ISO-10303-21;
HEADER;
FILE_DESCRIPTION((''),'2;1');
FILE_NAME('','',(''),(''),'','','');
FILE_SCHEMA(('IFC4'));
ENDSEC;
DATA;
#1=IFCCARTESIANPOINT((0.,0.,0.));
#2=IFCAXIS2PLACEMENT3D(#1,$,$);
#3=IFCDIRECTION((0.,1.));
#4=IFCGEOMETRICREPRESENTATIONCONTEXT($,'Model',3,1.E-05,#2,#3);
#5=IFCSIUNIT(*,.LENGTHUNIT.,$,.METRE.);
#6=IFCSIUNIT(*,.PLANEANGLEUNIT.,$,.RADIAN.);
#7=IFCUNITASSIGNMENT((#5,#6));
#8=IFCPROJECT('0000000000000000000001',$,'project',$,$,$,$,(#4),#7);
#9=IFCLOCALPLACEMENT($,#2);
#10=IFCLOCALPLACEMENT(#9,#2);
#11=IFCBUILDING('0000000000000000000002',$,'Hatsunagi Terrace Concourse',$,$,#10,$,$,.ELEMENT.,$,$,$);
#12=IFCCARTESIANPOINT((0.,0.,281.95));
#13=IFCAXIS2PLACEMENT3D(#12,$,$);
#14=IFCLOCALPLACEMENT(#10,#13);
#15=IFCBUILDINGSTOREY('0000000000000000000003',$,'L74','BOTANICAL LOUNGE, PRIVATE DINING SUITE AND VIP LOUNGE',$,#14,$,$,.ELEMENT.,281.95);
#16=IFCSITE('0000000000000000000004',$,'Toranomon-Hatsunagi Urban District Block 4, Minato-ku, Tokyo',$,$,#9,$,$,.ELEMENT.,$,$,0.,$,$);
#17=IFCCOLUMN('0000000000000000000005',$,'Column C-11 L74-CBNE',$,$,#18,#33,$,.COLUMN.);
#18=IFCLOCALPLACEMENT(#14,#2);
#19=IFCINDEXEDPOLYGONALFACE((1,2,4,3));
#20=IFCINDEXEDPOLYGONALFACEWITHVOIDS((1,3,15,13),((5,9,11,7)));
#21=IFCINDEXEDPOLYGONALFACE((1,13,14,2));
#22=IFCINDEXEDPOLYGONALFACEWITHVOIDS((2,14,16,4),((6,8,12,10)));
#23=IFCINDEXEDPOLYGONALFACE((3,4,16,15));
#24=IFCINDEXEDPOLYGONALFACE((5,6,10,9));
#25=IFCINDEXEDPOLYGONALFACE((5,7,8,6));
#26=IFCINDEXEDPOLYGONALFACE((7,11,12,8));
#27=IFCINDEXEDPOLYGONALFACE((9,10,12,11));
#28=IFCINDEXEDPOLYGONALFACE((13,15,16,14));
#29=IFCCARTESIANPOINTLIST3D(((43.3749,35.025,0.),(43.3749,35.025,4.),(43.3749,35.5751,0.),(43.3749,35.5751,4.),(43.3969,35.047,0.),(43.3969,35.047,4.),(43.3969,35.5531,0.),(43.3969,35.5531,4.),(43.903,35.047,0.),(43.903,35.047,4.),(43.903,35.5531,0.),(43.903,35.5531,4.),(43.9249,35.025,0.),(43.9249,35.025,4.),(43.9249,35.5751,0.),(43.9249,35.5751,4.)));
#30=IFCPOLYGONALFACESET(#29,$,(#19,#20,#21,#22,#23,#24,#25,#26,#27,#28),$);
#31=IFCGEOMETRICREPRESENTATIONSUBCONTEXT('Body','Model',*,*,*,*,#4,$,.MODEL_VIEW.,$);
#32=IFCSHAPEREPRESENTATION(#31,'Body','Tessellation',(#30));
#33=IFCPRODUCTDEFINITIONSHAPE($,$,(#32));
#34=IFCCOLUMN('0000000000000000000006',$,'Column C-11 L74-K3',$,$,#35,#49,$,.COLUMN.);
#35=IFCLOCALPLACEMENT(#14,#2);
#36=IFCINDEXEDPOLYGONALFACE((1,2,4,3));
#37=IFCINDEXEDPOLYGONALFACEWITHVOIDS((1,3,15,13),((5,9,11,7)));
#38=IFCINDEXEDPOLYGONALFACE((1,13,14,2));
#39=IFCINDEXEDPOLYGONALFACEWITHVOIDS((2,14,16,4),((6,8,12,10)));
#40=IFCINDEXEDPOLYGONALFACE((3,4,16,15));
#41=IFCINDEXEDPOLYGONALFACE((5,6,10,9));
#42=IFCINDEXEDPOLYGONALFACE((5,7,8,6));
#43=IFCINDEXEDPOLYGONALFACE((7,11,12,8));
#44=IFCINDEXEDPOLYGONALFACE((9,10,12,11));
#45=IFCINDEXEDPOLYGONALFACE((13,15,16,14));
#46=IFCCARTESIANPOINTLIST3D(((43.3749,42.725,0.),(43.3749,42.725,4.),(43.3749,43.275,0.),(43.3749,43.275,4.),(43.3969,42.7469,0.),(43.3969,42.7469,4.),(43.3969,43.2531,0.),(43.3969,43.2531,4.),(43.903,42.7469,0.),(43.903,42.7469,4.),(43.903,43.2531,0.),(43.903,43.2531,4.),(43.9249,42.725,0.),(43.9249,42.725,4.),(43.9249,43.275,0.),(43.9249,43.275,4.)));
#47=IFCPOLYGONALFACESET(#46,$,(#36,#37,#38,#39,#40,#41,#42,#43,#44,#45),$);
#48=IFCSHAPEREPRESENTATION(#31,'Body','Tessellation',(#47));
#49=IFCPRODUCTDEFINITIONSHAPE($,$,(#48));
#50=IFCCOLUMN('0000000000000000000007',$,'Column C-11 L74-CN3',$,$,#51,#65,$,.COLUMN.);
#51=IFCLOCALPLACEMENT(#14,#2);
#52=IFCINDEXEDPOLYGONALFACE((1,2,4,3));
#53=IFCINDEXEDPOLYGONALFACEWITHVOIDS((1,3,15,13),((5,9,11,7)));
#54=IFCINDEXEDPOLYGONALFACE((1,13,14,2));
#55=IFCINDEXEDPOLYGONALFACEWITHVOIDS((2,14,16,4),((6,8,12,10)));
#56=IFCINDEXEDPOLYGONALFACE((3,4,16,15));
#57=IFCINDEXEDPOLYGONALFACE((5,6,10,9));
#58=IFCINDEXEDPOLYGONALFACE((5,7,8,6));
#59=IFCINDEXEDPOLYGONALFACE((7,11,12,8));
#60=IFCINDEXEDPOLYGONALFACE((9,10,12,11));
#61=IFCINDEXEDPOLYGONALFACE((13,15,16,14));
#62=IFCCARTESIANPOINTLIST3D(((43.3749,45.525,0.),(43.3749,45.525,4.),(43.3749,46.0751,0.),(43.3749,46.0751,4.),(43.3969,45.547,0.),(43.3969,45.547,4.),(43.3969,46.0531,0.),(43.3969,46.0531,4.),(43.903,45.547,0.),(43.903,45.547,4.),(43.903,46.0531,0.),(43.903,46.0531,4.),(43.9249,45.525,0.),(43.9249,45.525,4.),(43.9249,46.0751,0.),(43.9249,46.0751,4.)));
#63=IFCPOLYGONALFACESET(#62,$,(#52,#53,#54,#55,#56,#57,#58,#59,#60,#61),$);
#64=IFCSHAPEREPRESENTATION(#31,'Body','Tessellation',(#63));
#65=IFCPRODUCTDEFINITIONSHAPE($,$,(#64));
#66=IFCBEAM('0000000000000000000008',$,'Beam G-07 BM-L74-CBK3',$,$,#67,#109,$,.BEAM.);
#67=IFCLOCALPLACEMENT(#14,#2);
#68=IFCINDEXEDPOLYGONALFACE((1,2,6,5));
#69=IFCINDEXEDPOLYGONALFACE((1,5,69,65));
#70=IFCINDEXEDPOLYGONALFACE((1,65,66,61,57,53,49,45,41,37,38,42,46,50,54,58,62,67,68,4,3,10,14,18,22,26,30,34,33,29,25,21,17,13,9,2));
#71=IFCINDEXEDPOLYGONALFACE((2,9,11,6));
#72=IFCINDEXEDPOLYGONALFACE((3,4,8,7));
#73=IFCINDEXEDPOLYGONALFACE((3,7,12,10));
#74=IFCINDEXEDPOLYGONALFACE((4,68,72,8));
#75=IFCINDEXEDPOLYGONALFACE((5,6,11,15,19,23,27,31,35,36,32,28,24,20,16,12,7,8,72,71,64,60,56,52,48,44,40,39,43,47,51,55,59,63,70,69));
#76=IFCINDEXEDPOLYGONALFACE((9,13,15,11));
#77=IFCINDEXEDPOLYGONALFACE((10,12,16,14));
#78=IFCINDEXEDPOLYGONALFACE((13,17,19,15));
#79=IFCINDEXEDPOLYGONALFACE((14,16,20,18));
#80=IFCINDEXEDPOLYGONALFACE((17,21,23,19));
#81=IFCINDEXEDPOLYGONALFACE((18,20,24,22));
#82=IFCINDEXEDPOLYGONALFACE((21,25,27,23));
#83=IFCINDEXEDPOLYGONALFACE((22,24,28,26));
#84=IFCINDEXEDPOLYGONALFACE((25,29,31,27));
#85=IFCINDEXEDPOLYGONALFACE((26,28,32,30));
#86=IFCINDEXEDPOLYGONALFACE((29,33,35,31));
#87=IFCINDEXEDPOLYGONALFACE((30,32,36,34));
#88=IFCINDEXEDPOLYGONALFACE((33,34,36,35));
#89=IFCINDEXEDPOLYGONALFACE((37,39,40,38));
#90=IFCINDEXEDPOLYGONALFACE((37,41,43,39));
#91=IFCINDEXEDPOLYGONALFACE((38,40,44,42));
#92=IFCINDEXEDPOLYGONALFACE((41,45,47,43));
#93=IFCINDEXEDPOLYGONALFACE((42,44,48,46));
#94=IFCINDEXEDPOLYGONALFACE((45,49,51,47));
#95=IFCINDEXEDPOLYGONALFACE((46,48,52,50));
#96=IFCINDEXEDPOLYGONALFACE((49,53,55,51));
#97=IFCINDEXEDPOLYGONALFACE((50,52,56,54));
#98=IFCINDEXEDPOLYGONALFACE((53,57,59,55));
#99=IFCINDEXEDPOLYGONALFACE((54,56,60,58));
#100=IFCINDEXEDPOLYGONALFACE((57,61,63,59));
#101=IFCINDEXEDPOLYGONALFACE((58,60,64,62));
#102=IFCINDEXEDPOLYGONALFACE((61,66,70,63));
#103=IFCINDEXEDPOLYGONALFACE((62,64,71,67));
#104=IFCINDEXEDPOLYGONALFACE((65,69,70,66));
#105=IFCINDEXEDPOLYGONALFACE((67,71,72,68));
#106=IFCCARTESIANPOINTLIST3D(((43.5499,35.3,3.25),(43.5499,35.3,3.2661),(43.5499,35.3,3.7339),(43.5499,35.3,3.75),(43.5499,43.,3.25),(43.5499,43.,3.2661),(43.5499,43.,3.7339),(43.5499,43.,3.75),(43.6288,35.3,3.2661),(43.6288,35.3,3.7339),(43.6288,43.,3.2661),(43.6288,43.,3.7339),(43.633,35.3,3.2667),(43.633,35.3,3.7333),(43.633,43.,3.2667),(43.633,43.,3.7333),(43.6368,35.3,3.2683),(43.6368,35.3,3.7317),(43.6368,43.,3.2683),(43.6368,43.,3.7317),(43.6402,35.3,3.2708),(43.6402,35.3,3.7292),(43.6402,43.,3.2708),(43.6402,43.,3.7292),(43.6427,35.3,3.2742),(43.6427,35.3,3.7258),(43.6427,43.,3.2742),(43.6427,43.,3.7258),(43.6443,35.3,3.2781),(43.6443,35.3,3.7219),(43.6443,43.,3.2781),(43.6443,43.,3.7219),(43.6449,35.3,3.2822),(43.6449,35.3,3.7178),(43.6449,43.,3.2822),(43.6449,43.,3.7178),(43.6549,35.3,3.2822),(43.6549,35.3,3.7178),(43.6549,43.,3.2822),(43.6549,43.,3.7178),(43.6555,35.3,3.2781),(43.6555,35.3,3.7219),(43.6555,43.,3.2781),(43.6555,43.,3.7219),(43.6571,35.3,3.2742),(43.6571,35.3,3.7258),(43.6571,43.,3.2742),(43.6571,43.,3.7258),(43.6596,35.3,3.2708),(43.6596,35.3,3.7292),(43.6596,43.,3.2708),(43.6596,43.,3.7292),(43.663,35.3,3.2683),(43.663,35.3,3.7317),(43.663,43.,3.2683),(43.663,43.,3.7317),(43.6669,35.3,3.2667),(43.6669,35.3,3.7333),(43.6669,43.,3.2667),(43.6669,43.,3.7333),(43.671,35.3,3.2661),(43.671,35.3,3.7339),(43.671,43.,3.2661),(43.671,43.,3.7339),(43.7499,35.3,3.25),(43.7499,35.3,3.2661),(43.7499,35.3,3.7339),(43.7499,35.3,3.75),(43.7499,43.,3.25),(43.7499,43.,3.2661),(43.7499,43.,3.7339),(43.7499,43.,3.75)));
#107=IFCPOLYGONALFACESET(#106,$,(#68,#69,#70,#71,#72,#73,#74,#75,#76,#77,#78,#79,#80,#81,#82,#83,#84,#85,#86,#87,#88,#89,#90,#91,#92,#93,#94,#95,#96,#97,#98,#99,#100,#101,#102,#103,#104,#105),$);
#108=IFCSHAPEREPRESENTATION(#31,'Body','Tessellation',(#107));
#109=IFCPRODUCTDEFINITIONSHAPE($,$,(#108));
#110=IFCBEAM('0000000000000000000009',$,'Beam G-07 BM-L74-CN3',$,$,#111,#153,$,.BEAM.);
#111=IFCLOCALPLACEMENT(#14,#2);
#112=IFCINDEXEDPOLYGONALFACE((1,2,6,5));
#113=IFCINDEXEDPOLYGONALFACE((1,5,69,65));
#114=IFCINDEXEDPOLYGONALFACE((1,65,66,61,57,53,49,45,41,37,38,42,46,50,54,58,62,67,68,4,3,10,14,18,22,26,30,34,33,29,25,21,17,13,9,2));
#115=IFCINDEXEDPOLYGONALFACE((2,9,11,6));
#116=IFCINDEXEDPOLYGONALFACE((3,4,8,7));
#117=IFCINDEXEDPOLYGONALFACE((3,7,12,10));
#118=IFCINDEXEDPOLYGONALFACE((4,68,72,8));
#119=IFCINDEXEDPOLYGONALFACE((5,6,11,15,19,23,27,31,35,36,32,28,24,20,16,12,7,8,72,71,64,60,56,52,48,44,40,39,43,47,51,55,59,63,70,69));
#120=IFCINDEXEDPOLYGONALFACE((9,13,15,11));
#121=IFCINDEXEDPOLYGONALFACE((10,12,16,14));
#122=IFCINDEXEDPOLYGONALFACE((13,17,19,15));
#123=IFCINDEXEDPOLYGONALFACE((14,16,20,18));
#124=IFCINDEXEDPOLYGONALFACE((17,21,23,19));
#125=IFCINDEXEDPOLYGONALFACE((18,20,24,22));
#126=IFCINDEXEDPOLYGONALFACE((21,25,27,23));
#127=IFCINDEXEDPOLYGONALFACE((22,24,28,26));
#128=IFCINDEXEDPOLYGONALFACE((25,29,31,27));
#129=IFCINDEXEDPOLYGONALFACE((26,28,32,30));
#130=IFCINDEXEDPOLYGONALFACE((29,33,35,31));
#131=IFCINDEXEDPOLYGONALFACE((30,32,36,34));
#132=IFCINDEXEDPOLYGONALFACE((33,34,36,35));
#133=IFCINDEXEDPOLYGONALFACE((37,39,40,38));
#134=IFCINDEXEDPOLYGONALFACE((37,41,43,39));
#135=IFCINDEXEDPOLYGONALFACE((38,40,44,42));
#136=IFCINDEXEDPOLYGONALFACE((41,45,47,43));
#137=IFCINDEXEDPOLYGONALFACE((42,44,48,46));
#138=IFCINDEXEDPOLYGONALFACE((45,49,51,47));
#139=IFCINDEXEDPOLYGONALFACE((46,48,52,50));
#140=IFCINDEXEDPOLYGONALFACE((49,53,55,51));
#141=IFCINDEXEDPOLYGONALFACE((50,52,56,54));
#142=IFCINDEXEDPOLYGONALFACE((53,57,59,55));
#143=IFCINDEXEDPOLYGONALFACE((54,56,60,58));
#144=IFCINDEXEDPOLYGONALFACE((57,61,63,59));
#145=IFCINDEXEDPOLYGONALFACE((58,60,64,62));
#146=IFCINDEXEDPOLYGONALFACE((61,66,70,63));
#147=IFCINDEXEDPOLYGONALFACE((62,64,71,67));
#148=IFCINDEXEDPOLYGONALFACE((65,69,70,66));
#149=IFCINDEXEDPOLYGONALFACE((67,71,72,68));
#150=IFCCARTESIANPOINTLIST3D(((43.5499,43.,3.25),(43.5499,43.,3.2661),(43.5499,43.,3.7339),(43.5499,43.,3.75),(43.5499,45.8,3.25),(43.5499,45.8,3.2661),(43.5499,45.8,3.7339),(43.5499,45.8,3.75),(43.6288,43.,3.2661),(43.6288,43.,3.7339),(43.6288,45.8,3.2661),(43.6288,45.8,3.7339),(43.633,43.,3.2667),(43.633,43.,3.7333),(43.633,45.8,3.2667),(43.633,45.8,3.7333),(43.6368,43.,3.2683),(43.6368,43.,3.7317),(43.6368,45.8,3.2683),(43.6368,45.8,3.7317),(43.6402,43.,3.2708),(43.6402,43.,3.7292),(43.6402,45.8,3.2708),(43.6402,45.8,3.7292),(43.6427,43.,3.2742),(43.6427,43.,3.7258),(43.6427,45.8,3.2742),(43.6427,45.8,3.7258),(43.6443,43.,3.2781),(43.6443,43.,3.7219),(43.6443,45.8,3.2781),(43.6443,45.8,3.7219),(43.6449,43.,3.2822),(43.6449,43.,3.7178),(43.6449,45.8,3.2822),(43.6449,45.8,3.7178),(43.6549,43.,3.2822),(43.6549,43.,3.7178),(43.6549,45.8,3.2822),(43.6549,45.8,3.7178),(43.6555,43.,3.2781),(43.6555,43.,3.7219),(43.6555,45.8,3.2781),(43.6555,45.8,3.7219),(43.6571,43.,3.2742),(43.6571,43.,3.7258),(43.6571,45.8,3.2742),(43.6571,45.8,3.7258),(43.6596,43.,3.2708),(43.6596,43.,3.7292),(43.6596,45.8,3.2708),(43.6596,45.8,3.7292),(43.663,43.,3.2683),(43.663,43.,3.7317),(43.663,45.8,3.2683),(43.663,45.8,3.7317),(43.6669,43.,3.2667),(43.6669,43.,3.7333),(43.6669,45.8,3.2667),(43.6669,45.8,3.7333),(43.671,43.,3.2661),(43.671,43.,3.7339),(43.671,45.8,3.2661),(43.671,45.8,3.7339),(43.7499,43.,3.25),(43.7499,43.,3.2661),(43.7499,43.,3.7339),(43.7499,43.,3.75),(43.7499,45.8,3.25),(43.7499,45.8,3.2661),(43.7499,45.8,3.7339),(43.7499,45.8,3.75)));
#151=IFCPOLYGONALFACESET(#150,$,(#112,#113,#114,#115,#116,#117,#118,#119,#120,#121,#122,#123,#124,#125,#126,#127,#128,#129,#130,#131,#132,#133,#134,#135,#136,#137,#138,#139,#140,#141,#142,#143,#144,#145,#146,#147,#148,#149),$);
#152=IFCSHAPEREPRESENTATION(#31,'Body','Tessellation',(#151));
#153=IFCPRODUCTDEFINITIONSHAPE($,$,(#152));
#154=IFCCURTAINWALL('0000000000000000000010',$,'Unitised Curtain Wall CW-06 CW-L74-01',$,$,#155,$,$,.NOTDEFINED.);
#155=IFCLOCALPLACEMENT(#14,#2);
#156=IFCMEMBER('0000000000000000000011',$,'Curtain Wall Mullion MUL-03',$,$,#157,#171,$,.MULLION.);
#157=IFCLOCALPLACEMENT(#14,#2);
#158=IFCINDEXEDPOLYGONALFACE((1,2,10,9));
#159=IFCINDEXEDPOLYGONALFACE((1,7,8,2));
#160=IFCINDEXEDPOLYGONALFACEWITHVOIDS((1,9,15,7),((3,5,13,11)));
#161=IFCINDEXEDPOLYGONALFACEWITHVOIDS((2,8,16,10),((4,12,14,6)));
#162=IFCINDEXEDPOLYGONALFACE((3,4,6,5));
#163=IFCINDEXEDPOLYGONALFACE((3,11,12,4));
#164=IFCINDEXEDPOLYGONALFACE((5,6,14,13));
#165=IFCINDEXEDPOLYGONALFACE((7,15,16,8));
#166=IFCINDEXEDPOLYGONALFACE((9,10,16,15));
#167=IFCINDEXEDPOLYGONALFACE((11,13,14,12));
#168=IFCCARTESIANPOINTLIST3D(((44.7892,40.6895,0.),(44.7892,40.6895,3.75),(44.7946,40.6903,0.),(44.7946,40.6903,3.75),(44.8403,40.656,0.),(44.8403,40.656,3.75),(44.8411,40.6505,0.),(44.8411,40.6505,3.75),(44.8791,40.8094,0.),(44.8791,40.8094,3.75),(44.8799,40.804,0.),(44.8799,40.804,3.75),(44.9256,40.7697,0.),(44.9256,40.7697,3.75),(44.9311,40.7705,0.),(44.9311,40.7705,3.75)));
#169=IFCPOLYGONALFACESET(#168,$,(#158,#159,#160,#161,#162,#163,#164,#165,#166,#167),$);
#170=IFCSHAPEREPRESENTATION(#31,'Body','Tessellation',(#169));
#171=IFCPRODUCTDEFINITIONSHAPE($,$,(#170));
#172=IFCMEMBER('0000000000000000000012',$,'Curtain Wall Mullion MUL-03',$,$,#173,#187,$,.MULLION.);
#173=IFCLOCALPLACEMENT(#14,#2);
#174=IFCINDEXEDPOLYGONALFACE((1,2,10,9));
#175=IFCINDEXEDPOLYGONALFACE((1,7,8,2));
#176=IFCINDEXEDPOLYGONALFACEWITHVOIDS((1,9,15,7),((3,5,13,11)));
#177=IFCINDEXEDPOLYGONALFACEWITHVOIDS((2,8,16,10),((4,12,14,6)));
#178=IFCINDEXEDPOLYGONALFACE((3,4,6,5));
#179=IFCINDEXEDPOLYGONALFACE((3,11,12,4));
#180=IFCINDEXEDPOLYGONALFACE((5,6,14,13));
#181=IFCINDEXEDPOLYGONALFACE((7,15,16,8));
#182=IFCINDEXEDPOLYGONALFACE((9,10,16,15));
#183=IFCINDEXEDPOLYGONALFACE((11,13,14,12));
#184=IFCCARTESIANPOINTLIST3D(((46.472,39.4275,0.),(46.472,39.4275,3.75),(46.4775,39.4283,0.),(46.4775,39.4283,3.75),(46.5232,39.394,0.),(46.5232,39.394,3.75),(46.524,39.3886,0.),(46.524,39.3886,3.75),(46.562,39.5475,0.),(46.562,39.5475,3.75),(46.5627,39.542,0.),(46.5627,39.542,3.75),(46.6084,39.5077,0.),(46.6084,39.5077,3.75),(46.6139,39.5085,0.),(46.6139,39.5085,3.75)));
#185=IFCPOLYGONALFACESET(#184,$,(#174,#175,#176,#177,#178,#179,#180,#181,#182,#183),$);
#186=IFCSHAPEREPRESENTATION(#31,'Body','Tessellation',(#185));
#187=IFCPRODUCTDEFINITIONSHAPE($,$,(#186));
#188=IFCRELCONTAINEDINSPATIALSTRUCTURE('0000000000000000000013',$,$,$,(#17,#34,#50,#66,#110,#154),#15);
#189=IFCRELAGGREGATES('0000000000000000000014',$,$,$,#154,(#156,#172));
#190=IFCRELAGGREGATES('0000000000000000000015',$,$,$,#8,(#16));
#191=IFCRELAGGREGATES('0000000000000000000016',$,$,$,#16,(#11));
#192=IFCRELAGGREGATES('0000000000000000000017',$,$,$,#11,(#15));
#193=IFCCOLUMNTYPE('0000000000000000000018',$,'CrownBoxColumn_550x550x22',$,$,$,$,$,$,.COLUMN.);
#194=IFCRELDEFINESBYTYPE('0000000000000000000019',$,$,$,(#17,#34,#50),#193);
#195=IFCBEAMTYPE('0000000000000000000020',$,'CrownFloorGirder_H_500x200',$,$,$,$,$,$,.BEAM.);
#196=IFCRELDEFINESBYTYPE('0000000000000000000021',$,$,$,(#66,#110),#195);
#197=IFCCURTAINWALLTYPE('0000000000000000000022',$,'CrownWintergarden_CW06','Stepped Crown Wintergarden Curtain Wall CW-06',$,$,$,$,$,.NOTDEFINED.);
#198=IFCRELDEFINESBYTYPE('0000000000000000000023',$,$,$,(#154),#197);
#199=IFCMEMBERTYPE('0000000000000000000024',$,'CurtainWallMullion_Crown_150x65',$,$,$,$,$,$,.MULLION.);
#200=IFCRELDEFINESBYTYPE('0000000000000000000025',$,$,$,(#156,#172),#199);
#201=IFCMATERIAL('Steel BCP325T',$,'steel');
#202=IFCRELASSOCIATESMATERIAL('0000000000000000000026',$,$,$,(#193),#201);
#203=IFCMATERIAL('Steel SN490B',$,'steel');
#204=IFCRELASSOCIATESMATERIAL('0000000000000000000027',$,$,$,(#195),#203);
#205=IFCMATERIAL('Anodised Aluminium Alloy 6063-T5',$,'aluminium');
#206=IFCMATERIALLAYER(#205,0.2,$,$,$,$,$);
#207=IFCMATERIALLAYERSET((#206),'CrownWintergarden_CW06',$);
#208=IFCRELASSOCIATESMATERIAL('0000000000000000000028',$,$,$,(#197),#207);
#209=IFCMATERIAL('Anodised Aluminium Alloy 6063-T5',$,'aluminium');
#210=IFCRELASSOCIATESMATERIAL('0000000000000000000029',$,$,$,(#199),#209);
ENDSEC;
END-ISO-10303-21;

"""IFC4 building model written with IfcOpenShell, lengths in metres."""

from ifc_helpers import new_model, si_unit, direction, frame, origin, origin_2d, place, context, subcontext, project, spatial, hollow_rectangle, i_section, extrude, material, layer, layer_set, material_profile, profile_set, type_object, element, aggregate, save


model = new_model("IFC4")

# Units and contexts
model_context = context("Model", 3, precision=1e-05, world=origin(), true_north=direction((0.0, 1.0)))
body_context = subcontext(model_context, "Body", "Model", "MODEL_VIEW")
ifc_project = project(units=[si_unit("LENGTHUNIT", "METRE"), si_unit("PLANEANGLEUNIT", "RADIAN")], contexts=[model_context])

# Site, building, storey
site_placement = place(None, origin())
site = spatial("IfcSite", under=ifc_project, at=site_placement, Name="Toranomon-Hatsunagi Urban District Block 4, Minato-ku, Tokyo", CompositionType="ELEMENT", RefElevation=0.0)
building_placement = place(site_placement, origin())
building = spatial("IfcBuilding", under=site, at=building_placement, Name="Hatsunagi Terrace Concourse", CompositionType="ELEMENT")
storey_placement = place(building_placement, frame((0.0, 0.0, 281.95)))
storey = spatial("IfcBuildingStorey", under=building, at=storey_placement, Name="L74", Description="BOTANICAL LOUNGE, PRIVATE DINING SUITE AND VIP LOUNGE", CompositionType="ELEMENT", Elevation=281.95)

# Columns
ifc_material_1 = material(Name="Steel BCP325T", Category="steel")
ifc_material_profile_1 = material_profile(ifc_material_1, hollow_rectangle(XDim=0.55, YDim=0.55, WallThickness=0.022, at=origin_2d()), Name="BCP-550x550x22")
ifc_profile_set_1 = profile_set([ifc_material_profile_1], Name="Steel BCP325T")
column_type = type_object("IfcColumnType", Name="CrownBoxColumn_550x550x22", PredefinedType="COLUMN", material=ifc_profile_set_1)
for number, where, z_axis, x_axis, name in (
    (1, (43.6499, 35.3, 0.0), (0.0, 0.0, 1.0), (1.0, 0.0, 0.0), "Column C-11 L74-CBNE"),
    (2, (43.6499, 43.0, 0.0), (0.0, 0.0, 1.0), (1.0, 0.0, 0.0), "Column C-11 L74-K3"),
    (3, (43.6499, 45.8, 0.0), (0.0, 0.0, 1.0), (1.0, 0.0, 0.0), "Column C-11 L74-CN3"),
):
    element("IfcColumn", number, at=place(storey_placement, frame(where, z_axis=z_axis, x_axis=x_axis)), inside=storey, type_object=column_type, Name=name, PredefinedType="COLUMN", context=body_context, shape_type="SweptSolid", body=[
        extrude(hollow_rectangle(XDim=0.55, YDim=0.55, WallThickness=0.022, at=origin_2d()), origin(), (0.0, 0.0, 1.0), 4.0),
    ])

# Beams
ifc_material_2 = material(Name="Steel SN490B", Category="steel")
ifc_material_profile_2 = material_profile(ifc_material_2, i_section(OverallWidth=0.2, OverallDepth=0.5, WebThickness=0.01, FlangeThickness=0.0161, FilletRadius=0.0161, at=origin_2d()), Name="H-500x200x10x16")
ifc_profile_set_2 = profile_set([ifc_material_profile_2], Name="Steel SN490B")
beam_type_1 = type_object("IfcBeamType", Name="CrownFloorGirder_H_500x200", PredefinedType="BEAM", material=ifc_profile_set_2)
beam_1_placement = place(storey_placement, frame((43.6499, 35.3, 3.5), z_axis=(0.0, 1.0, 0.0), x_axis=(-1.0, 0.0, 0.0)))
element("IfcBeam", 4, at=beam_1_placement, inside=storey, type_object=beam_type_1, Name="Beam G-07 BM-L74-CBK3", PredefinedType="BEAM", context=body_context, shape_type="SweptSolid", body=[
    extrude(i_section(OverallWidth=0.2, OverallDepth=0.5, WebThickness=0.01, FlangeThickness=0.0161, FilletRadius=0.0161, at=origin_2d()), origin(), (0.0, 0.0, 1.0), 7.7),
])
beam_2_placement = place(storey_placement, frame((43.6499, 43.0, 3.5), z_axis=(0.0, 1.0, 0.0), x_axis=(-1.0, 0.0, 0.0)))
element("IfcBeam", 5, at=beam_2_placement, inside=storey, type_object=beam_type_1, Name="Beam G-07 BM-L74-CN3", PredefinedType="BEAM", context=body_context, shape_type="SweptSolid", body=[
    extrude(i_section(OverallWidth=0.2, OverallDepth=0.5, WebThickness=0.01, FlangeThickness=0.0161, FilletRadius=0.0161, at=origin_2d()), origin(), (0.0, 0.0, 1.0), 2.8),
])

# Curtain wall, members
ifc_material_3 = material(Name="Anodised Aluminium Alloy 6063-T5", Category="aluminium")
ifc_layer_1 = layer(ifc_material_3, 0.2)
ifc_layer_set_1 = layer_set([ifc_layer_1], Name="CrownWintergarden_CW06")
curtain_wall_type = type_object("IfcCurtainWallType", Name="CrownWintergarden_CW06", Description="Stepped Crown Wintergarden Curtain Wall CW-06", PredefinedType="NOTDEFINED", material=ifc_layer_set_1)
curtain_wall_1_placement = place(storey_placement, origin())
curtain_wall_1 = element("IfcCurtainWall", 6, at=curtain_wall_1_placement, inside=storey, type_object=curtain_wall_type, Name="Unitised Curtain Wall CW-06 CW-L74-01", PredefinedType="NOTDEFINED")
ifc_material_4 = material(Name="Anodised Aluminium Alloy 6063-T5", Category="aluminium")
ifc_material_profile_3 = material_profile(ifc_material_4, hollow_rectangle(XDim=0.0649, YDim=0.1499, WallThickness=0.0039, at=origin_2d()), Name="ALU-MUL-150x65x4")
ifc_profile_set_3 = profile_set([ifc_material_profile_3], Name="Anodised Aluminium Alloy 6063-T5")
member_type_1 = type_object("IfcMemberType", Name="CurtainWallMullion_Crown_150x65", PredefinedType="MULLION", material=ifc_profile_set_3)
member_1_placement = place(storey_placement, frame((44.8601, 40.73, 0.0), z_axis=(0.0, 0.0, 1.0), x_axis=(0.800028, -0.599962, 0.0)))
member_1 = element("IfcMember", 7, at=member_1_placement, type_object=member_type_1, Name="Curtain Wall Mullion MUL-03", PredefinedType="MULLION", context=body_context, shape_type="SweptSolid", body=[
    extrude(hollow_rectangle(XDim=0.0649, YDim=0.1499, WallThickness=0.0039, at=origin_2d()), origin(), (0.0, 0.0, 1.0), 3.75),
])
member_2_placement = place(storey_placement, frame((46.543, 39.468, 0.0), z_axis=(0.0, 0.0, 1.0), x_axis=(0.800028, -0.599962, 0.0)))
member_2 = element("IfcMember", 8, at=member_2_placement, type_object=member_type_1, Name="Curtain Wall Mullion MUL-03", PredefinedType="MULLION", context=body_context, shape_type="SweptSolid", body=[
    extrude(hollow_rectangle(XDim=0.0649, YDim=0.1499, WallThickness=0.0039, at=origin_2d()), origin(), (0.0, 0.0, 1.0), 3.75),
])

aggregate(curtain_wall_1, [member_1, member_2])

save(model, "model.ifc")
